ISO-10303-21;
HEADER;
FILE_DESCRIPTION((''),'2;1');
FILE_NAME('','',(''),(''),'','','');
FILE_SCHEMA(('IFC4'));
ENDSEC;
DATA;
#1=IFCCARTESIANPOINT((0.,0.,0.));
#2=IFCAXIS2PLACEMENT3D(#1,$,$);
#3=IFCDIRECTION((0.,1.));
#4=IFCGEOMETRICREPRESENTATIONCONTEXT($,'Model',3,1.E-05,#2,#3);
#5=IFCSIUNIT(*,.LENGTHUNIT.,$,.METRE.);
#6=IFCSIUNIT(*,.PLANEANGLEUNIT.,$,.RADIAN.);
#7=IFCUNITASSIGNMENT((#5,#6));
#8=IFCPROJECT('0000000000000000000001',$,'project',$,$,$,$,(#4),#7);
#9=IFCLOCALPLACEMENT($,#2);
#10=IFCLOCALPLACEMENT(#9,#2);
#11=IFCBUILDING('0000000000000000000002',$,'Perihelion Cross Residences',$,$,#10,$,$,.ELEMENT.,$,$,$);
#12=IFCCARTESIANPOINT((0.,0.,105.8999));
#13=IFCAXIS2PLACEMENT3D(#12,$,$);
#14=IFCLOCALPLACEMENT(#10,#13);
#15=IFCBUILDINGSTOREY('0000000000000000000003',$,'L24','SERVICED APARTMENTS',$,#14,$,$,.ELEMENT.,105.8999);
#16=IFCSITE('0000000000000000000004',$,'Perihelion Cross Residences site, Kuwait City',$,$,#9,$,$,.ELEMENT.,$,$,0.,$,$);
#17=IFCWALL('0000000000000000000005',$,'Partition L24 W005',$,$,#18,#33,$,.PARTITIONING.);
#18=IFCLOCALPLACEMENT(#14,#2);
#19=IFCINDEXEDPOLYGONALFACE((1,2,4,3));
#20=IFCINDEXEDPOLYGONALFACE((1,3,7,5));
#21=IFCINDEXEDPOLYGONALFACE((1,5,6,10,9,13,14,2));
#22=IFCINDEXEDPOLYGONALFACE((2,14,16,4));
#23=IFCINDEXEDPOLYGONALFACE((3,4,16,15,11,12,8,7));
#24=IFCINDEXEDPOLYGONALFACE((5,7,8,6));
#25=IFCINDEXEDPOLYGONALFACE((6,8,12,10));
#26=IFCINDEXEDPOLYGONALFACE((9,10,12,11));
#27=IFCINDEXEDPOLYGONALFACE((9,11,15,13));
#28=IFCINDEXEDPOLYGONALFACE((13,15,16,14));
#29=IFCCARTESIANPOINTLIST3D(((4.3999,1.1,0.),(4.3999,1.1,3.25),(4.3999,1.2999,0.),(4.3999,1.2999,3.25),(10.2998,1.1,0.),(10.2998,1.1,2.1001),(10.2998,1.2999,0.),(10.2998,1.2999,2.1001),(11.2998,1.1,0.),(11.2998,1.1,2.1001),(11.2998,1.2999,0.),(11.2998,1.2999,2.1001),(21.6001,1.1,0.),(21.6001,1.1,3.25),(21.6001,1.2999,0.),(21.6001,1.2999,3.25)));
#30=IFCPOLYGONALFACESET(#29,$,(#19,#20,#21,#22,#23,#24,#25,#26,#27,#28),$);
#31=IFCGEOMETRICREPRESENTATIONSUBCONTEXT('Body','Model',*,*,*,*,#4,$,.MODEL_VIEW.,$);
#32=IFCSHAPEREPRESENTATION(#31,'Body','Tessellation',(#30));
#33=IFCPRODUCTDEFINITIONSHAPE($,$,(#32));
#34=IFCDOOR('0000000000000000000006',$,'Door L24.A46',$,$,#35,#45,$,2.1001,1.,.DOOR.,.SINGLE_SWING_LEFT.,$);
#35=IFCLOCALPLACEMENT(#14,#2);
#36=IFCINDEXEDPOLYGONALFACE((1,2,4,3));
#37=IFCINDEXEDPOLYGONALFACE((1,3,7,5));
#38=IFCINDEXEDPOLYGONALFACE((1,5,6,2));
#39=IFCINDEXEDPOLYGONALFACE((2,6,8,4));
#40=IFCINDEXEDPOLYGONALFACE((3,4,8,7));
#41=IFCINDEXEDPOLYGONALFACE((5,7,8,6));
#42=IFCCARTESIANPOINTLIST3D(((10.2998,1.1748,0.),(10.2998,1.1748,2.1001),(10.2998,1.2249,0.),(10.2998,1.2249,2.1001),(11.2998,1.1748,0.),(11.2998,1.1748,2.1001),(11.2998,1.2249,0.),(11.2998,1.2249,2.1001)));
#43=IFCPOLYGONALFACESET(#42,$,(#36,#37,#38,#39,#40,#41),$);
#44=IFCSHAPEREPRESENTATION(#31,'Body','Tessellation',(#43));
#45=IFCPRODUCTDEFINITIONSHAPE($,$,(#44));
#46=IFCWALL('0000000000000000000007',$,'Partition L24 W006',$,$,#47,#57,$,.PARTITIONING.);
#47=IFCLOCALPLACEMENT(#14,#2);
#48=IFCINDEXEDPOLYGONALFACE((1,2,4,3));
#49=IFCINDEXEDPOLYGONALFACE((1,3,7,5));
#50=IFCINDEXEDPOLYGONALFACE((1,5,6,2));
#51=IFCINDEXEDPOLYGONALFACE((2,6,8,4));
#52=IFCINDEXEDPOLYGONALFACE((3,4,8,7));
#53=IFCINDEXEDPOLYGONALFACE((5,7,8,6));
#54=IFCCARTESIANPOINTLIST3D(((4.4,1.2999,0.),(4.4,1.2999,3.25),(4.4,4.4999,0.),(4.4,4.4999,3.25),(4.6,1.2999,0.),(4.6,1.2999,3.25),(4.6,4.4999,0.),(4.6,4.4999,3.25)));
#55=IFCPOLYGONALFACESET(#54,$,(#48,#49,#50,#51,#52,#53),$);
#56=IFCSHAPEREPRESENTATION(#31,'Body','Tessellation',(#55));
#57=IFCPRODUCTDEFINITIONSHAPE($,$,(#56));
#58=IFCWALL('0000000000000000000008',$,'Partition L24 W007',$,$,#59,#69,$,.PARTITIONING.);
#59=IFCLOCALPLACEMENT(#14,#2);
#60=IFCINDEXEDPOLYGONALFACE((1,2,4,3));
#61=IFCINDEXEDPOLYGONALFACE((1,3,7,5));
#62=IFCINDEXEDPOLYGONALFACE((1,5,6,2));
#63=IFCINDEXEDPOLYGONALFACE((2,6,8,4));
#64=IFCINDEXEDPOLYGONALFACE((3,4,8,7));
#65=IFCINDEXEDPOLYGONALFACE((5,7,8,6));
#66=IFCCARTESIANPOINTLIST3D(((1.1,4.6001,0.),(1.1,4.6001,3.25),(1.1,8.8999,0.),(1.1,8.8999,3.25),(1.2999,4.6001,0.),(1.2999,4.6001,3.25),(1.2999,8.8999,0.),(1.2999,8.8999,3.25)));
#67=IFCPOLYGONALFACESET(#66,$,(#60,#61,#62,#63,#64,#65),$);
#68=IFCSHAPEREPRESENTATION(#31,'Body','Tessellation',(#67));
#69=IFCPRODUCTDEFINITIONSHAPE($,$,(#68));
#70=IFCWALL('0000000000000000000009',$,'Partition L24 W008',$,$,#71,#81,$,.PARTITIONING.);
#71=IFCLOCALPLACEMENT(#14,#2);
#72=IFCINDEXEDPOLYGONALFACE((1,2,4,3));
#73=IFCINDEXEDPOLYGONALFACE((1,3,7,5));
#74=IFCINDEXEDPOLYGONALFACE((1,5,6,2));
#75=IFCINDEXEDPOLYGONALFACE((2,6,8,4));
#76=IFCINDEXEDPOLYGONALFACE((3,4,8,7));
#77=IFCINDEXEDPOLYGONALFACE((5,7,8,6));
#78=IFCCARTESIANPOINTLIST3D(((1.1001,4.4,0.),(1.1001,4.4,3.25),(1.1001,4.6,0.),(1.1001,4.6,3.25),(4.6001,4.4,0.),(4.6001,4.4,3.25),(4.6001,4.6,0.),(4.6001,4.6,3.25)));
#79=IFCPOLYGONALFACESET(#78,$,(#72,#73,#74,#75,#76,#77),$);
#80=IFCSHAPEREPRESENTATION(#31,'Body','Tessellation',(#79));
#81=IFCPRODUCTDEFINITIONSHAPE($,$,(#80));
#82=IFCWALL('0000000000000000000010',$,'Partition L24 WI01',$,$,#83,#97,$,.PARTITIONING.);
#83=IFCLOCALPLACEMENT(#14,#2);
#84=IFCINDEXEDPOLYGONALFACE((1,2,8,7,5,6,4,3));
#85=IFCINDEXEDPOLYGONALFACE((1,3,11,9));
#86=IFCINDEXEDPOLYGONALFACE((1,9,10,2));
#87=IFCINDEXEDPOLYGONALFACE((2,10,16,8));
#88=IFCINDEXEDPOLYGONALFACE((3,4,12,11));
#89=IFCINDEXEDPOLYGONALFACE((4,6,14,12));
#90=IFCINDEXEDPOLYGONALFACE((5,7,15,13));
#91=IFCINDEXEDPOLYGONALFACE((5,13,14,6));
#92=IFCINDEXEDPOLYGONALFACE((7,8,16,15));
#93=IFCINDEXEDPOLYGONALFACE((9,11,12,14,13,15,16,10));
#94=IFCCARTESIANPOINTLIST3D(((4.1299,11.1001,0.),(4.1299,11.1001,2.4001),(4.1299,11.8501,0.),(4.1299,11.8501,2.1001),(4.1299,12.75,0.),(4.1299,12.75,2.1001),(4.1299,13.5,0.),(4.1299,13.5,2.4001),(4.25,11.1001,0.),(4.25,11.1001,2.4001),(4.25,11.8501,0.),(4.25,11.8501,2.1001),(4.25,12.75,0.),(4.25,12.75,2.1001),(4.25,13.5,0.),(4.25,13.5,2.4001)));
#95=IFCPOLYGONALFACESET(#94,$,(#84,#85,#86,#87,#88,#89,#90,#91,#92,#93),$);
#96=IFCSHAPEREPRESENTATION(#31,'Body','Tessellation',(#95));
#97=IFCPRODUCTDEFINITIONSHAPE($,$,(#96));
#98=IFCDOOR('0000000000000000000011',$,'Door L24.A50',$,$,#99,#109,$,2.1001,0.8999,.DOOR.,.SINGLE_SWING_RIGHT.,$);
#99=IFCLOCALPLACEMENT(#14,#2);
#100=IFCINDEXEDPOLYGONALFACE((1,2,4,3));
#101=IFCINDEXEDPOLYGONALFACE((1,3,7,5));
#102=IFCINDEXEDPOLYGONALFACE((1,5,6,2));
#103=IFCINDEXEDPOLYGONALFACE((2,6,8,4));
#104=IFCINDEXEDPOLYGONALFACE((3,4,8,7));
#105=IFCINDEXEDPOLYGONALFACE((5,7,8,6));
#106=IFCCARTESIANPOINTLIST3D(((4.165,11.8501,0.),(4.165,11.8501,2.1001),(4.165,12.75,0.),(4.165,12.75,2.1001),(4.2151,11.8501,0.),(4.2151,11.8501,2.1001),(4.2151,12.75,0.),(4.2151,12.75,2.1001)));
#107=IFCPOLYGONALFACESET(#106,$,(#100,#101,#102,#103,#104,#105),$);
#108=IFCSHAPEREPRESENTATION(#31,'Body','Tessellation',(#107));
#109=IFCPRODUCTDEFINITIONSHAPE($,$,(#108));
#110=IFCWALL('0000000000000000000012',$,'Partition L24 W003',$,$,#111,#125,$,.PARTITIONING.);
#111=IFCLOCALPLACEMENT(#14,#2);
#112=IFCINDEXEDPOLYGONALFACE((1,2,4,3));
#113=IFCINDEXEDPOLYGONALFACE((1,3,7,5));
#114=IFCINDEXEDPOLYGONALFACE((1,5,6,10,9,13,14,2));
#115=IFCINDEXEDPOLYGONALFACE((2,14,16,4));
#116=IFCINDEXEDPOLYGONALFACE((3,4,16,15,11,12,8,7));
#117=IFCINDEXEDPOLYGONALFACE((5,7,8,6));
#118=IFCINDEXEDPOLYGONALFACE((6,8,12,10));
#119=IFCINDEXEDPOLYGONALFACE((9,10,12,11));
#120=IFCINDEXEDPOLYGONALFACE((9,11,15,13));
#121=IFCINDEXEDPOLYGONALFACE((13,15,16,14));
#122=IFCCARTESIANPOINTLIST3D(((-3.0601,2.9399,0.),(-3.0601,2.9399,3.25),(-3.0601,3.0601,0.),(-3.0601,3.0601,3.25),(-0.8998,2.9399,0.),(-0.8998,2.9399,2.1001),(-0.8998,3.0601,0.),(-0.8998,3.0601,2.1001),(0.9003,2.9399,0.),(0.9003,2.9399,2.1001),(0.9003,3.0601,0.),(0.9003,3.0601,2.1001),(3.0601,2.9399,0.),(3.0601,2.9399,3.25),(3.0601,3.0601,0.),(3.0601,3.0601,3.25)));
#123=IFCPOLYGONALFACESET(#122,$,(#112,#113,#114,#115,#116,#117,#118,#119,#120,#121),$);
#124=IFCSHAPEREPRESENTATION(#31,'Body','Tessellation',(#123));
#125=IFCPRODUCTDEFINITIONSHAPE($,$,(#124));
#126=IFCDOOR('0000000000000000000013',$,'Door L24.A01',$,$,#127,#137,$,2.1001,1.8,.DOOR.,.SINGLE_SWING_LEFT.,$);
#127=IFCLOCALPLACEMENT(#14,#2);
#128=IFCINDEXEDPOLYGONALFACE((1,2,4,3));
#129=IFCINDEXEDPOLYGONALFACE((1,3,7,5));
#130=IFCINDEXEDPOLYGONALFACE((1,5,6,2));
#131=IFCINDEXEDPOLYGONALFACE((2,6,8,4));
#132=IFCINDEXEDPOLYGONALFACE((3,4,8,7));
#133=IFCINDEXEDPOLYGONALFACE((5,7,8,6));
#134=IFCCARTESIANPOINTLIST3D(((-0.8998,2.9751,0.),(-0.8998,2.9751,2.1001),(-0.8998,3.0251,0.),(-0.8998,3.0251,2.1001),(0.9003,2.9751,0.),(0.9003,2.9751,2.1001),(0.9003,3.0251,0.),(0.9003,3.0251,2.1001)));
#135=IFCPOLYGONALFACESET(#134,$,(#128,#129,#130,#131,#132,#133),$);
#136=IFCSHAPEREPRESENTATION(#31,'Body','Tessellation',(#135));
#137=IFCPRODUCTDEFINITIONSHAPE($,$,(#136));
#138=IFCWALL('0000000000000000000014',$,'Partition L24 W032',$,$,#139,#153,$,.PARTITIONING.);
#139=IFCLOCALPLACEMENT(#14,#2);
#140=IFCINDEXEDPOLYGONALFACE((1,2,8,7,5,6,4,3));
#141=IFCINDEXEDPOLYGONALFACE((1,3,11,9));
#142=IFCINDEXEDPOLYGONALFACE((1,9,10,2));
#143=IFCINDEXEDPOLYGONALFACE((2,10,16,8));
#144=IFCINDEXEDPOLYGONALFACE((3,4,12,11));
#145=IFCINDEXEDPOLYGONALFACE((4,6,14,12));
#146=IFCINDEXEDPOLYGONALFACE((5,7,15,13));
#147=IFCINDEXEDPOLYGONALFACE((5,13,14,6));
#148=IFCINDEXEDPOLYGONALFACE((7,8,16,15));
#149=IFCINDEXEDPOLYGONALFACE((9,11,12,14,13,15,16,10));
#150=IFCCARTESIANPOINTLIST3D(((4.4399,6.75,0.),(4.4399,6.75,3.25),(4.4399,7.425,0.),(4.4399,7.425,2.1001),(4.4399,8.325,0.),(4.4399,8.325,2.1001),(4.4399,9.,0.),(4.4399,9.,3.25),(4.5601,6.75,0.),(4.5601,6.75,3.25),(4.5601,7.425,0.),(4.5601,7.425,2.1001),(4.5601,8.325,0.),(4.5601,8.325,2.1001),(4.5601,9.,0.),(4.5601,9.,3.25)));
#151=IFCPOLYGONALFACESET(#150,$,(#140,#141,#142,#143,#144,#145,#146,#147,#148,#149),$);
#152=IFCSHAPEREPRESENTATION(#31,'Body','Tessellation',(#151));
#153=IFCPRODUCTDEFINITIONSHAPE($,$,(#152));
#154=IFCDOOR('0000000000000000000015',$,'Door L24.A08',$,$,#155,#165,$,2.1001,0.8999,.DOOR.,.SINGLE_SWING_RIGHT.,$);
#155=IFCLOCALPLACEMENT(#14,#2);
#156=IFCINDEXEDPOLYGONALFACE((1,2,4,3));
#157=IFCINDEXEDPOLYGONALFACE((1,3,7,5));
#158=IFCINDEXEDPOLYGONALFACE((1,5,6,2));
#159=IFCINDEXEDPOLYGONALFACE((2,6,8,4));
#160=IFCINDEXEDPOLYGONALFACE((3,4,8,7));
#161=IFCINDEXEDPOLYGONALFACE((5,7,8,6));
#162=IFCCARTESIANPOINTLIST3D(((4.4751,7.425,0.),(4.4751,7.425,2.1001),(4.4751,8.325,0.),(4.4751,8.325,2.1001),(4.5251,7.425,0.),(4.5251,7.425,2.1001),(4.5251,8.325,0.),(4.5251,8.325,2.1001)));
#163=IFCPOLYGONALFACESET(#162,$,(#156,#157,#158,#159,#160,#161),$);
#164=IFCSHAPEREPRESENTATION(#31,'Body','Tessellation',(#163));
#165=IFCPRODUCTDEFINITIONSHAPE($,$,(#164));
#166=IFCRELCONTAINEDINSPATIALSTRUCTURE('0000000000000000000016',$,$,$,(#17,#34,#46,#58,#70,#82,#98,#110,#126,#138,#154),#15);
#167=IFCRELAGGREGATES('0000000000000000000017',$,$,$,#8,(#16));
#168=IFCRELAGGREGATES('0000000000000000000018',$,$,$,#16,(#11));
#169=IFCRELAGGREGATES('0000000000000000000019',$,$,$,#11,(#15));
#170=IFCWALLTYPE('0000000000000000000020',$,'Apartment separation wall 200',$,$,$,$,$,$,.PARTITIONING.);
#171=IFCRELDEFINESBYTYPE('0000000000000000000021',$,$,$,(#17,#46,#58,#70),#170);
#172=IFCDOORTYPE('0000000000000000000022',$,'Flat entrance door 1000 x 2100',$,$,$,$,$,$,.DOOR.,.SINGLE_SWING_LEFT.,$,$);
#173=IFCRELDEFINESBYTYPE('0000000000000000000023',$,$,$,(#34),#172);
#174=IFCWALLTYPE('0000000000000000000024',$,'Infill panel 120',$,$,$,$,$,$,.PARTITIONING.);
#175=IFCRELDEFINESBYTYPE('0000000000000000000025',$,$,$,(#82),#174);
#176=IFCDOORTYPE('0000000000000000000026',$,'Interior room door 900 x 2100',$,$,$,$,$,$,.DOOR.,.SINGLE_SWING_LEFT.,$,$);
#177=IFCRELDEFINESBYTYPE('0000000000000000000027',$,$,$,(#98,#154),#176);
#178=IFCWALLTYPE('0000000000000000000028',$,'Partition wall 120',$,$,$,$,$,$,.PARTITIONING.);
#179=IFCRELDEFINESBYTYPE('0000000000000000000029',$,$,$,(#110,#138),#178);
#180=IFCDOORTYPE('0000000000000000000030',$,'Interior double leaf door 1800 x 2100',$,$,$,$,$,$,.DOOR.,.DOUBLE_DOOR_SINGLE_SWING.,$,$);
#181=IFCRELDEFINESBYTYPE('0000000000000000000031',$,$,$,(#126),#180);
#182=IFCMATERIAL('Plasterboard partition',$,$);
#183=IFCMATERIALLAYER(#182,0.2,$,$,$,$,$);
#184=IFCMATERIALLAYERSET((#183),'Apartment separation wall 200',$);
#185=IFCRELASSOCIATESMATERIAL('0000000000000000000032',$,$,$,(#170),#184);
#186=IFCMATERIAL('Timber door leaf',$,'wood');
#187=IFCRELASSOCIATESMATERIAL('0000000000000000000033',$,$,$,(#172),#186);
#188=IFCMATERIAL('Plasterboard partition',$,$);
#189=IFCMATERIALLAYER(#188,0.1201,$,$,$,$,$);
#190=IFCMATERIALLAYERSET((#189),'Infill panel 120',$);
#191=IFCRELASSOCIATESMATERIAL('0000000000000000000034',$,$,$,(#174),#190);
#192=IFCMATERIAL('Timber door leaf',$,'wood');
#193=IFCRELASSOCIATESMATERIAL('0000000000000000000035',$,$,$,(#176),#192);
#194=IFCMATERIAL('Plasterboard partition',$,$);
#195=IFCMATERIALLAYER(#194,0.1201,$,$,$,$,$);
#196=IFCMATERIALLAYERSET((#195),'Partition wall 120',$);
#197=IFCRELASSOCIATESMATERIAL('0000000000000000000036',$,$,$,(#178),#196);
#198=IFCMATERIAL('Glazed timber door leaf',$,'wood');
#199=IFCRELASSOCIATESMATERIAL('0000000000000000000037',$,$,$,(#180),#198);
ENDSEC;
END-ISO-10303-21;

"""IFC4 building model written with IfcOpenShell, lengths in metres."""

from ifc_helpers import new_model, si_unit, direction, frame, frame_2d, origin, place, context, subcontext, project, spatial, rectangle, extrude, material, layer, layer_set, type_object, element, fill, save


model = new_model("IFC4")

# Units and contexts
model_context = context("Model", 3, precision=1e-05, world=origin(), true_north=direction((0.0, 1.0)))
body_context = subcontext(model_context, "Body", "Model", "MODEL_VIEW")
ifc_project = project(units=[si_unit("LENGTHUNIT", "METRE"), si_unit("PLANEANGLEUNIT", "RADIAN")], contexts=[model_context])

# Site, building, storey
site_placement = place(None, origin())
site = spatial("IfcSite", under=ifc_project, at=site_placement, Name="Perihelion Cross Residences site, Kuwait City", CompositionType="ELEMENT", RefElevation=0.0)
building_placement = place(site_placement, origin())
building = spatial("IfcBuilding", under=site, at=building_placement, Name="Perihelion Cross Residences", CompositionType="ELEMENT")
storey_placement = place(building_placement, frame((0.0, 0.0, 105.8999)))
storey = spatial("IfcBuildingStorey", under=building, at=storey_placement, Name="L24", Description="SERVICED APARTMENTS", CompositionType="ELEMENT", Elevation=105.8999)

# Wall, opening, door
ifc_material_1 = material(Name="Plasterboard partition")
ifc_layer_1 = layer(ifc_material_1, 0.2)
ifc_layer_set_1 = layer_set([ifc_layer_1], Name="Apartment separation wall 200")
wall_type_1 = type_object("IfcWallType", Name="Apartment separation wall 200", PredefinedType="PARTITIONING", material=ifc_layer_set_1)
wall_1_placement = place(storey_placement, frame((4.3999, 1.2, 0.0), z_axis=(0.0, 0.0, 1.0), x_axis=(1.0, 0.0, 0.0)))
wall_1 = element("IfcWall", 1, at=wall_1_placement, inside=storey, type_object=wall_type_1, Name="Partition L24 W005", PredefinedType="PARTITIONING", context=body_context, shape_type="SweptSolid", body=[
    extrude(rectangle(XDim=17.2002, YDim=0.2, at=frame_2d((8.6001, 0.0))), origin(), (0.0, 0.0, 1.0), 3.25),
])
opening_1_placement = place(wall_1_placement, frame((5.8999, 0.0, 0.0)))
opening_1 = element("IfcOpeningElement", 2, at=opening_1_placement, cuts=wall_1, PredefinedType="OPENING", context=body_context, shape_type="SweptSolid", body=[
    extrude(rectangle(XDim=1.0, YDim=2.1001, at=frame_2d((0.5, 1.05))), frame((0.0, 0.1099, 0.0), z_axis=(0.0, -1.0, 0.0), x_axis=(1.0, 0.0, 0.0)), (0.0, 0.0, 1.0), 0.22),
])
ifc_material_2 = material(Name="Timber door leaf", Category="wood")
door_type_1 = type_object("IfcDoorType", Name="Flat entrance door 1000 x 2100", OperationType="SINGLE_SWING_LEFT", PredefinedType="DOOR", material=ifc_material_2)
door_1_placement = place(opening_1_placement, origin())
door_1 = element("IfcDoor", 3, at=door_1_placement, inside=storey, type_object=door_type_1, Name="Door L24.A46", OperationType="SINGLE_SWING_LEFT", OverallHeight=2.1001, OverallWidth=1.0, PredefinedType="DOOR", context=body_context, shape_type="SweptSolid", body=[
    extrude(rectangle(XDim=1.0, YDim=2.1001, at=frame_2d((0.5, 1.05))), frame((0.0, 0.0249, 0.0), z_axis=(0.0, -1.0, 0.0), x_axis=(1.0, 0.0, 0.0)), (0.0, 0.0, 1.0), 0.05),
])
fill(opening_1, door_1)

# Walls
wall_2_placement = place(storey_placement, frame((4.5, 4.5, 0.0), z_axis=(0.0, 0.0, 1.0), x_axis=(0.0, -1.0, 0.0)))
element("IfcWall", 4, at=wall_2_placement, inside=storey, type_object=wall_type_1, Name="Partition L24 W006", PredefinedType="PARTITIONING", context=body_context, shape_type="SweptSolid", body=[
    extrude(rectangle(XDim=3.2, YDim=0.2, at=frame_2d((1.6001, 0.0))), origin(), (0.0, 0.0, 1.0), 3.25),
])
wall_3_placement = place(storey_placement, frame((1.2, 8.8999, 0.0), z_axis=(0.0, 0.0, 1.0), x_axis=(0.0, -1.0, 0.0)))
element("IfcWall", 5, at=wall_3_placement, inside=storey, type_object=wall_type_1, Name="Partition L24 W007", PredefinedType="PARTITIONING", context=body_context, shape_type="SweptSolid", body=[
    extrude(rectangle(XDim=4.2998, YDim=0.2, at=frame_2d((2.1499, 0.0))), origin(), (0.0, 0.0, 1.0), 3.25),
])
wall_4_placement = place(storey_placement, frame((1.1001, 4.5, 0.0), z_axis=(0.0, 0.0, 1.0), x_axis=(1.0, 0.0, 0.0)))
element("IfcWall", 6, at=wall_4_placement, inside=storey, type_object=wall_type_1, Name="Partition L24 W008", PredefinedType="PARTITIONING", context=body_context, shape_type="SweptSolid", body=[
    extrude(rectangle(XDim=3.5, YDim=0.2, at=frame_2d((1.75, 0.0))), origin(), (0.0, 0.0, 1.0), 3.25),
])

# Walls, openings, doors
ifc_material_3 = material(Name="Plasterboard partition")
ifc_layer_2 = layer(ifc_material_3, 0.1201)
ifc_layer_set_2 = layer_set([ifc_layer_2], Name="Infill panel 120")
wall_type_2 = type_object("IfcWallType", Name="Infill panel 120", PredefinedType="PARTITIONING", material=ifc_layer_set_2)
wall_5_placement = place(storey_placement, frame((4.1899, 11.1001, 0.0), z_axis=(0.0, 0.0, 1.0), x_axis=(0.0, 1.0, 0.0)))
wall_5 = element("IfcWall", 7, at=wall_5_placement, inside=storey, type_object=wall_type_2, Name="Partition L24 WI01", PredefinedType="PARTITIONING", context=body_context, shape_type="SweptSolid", body=[
    extrude(rectangle(XDim=2.3999, YDim=0.1201, at=frame_2d((1.2, 0.0))), origin(), (0.0, 0.0, 1.0), 2.4001),
])
opening_2_placement = place(wall_5_placement, frame((0.75, 0.0, 0.0)))
opening_2 = element("IfcOpeningElement", 8, at=opening_2_placement, cuts=wall_5, PredefinedType="OPENING", context=body_context, shape_type="SweptSolid", body=[
    extrude(rectangle(XDim=0.8999, YDim=2.1001, at=frame_2d((0.45, 1.05))), frame((0.0, 0.0701, 0.0), z_axis=(0.0, -1.0, 0.0), x_axis=(1.0, 0.0, 0.0)), (0.0, 0.0, 1.0), 0.1401),
])
ifc_material_4 = material(Name="Timber door leaf", Category="wood")
door_type_2 = type_object("IfcDoorType", Name="Interior room door 900 x 2100", OperationType="SINGLE_SWING_LEFT", PredefinedType="DOOR", material=ifc_material_4)
door_2_placement = place(opening_2_placement, origin())
door_2 = element("IfcDoor", 9, at=door_2_placement, inside=storey, type_object=door_type_2, Name="Door L24.A50", OperationType="SINGLE_SWING_RIGHT", OverallHeight=2.1001, OverallWidth=0.8999, PredefinedType="DOOR", context=body_context, shape_type="SweptSolid", body=[
    extrude(rectangle(XDim=0.8999, YDim=2.1001, at=frame_2d((0.45, 1.05))), frame((0.0, 0.0249, 0.0), z_axis=(0.0, -1.0, 0.0), x_axis=(1.0, 0.0, 0.0)), (0.0, 0.0, 1.0), 0.05),
])
fill(opening_2, door_2)
ifc_material_5 = material(Name="Plasterboard partition")
ifc_layer_3 = layer(ifc_material_5, 0.1201)
ifc_layer_set_3 = layer_set([ifc_layer_3], Name="Partition wall 120")
wall_type_3 = type_object("IfcWallType", Name="Partition wall 120", PredefinedType="PARTITIONING", material=ifc_layer_set_3)
wall_6_placement = place(storey_placement, frame((3.0601, 3.0, 0.0), z_axis=(0.0, 0.0, 1.0), x_axis=(-1.0, 0.0, 0.0)))
wall_6 = element("IfcWall", 10, at=wall_6_placement, inside=storey, type_object=wall_type_3, Name="Partition L24 W003", PredefinedType="PARTITIONING", context=body_context, shape_type="SweptSolid", body=[
    extrude(rectangle(XDim=6.1201, YDim=0.1201, at=frame_2d((3.0601, 0.0))), origin(), (0.0, 0.0, 1.0), 3.25),
])
opening_3_placement = place(wall_6_placement, frame((2.1599, 0.0, 0.0)))
opening_3 = element("IfcOpeningElement", 11, at=opening_3_placement, cuts=wall_6, PredefinedType="OPENING", context=body_context, shape_type="SweptSolid", body=[
    extrude(rectangle(XDim=1.8, YDim=2.1001, at=frame_2d((0.8999, 1.05))), frame((0.0, 0.0701, 0.0), z_axis=(0.0, -1.0, 0.0), x_axis=(1.0, 0.0, 0.0)), (0.0, 0.0, 1.0), 0.1401),
])
ifc_material_6 = material(Name="Glazed timber door leaf", Category="wood")
door_type_3 = type_object("IfcDoorType", Name="Interior double leaf door 1800 x 2100", OperationType="DOUBLE_DOOR_SINGLE_SWING", PredefinedType="DOOR", material=ifc_material_6)
door_3_placement = place(opening_3_placement, origin())
door_3 = element("IfcDoor", 12, at=door_3_placement, inside=storey, type_object=door_type_3, Name="Door L24.A01", OperationType="SINGLE_SWING_LEFT", OverallHeight=2.1001, OverallWidth=1.8, PredefinedType="DOOR", context=body_context, shape_type="SweptSolid", body=[
    extrude(rectangle(XDim=1.8, YDim=2.1001, at=frame_2d((0.8999, 1.05))), frame((0.0, 0.0249, 0.0), z_axis=(0.0, -1.0, 0.0), x_axis=(1.0, 0.0, 0.0)), (0.0, 0.0, 1.0), 0.05),
])
fill(opening_3, door_3)
wall_7_placement = place(storey_placement, frame((4.5, 6.75, 0.0), z_axis=(0.0, 0.0, 1.0), x_axis=(0.0, 1.0, 0.0)))
wall_7 = element("IfcWall", 13, at=wall_7_placement, inside=storey, type_object=wall_type_3, Name="Partition L24 W032", PredefinedType="PARTITIONING", context=body_context, shape_type="SweptSolid", body=[
    extrude(rectangle(XDim=2.25, YDim=0.1201, at=frame_2d((1.125, 0.0))), origin(), (0.0, 0.0, 1.0), 3.25),
])
opening_4_placement = place(wall_7_placement, frame((0.675, 0.0, 0.0)))
opening_4 = element("IfcOpeningElement", 14, at=opening_4_placement, cuts=wall_7, PredefinedType="OPENING", context=body_context, shape_type="SweptSolid", body=[
    extrude(rectangle(XDim=0.8999, YDim=2.1001, at=frame_2d((0.45, 1.05))), frame((0.0, 0.0701, 0.0), z_axis=(0.0, -1.0, 0.0), x_axis=(1.0, 0.0, 0.0)), (0.0, 0.0, 1.0), 0.1401),
])
door_4_placement = place(opening_4_placement, origin())
door_4 = element("IfcDoor", 15, at=door_4_placement, inside=storey, type_object=door_type_2, Name="Door L24.A08", OperationType="SINGLE_SWING_RIGHT", OverallHeight=2.1001, OverallWidth=0.8999, PredefinedType="DOOR", context=body_context, shape_type="SweptSolid", body=[
    extrude(rectangle(XDim=0.8999, YDim=2.1001, at=frame_2d((0.45, 1.05))), frame((0.0, 0.0249, 0.0), z_axis=(0.0, -1.0, 0.0), x_axis=(1.0, 0.0, 0.0)), (0.0, 0.0, 1.0), 0.05),
])
fill(opening_4, door_4)

save(model, "model.ifc")
